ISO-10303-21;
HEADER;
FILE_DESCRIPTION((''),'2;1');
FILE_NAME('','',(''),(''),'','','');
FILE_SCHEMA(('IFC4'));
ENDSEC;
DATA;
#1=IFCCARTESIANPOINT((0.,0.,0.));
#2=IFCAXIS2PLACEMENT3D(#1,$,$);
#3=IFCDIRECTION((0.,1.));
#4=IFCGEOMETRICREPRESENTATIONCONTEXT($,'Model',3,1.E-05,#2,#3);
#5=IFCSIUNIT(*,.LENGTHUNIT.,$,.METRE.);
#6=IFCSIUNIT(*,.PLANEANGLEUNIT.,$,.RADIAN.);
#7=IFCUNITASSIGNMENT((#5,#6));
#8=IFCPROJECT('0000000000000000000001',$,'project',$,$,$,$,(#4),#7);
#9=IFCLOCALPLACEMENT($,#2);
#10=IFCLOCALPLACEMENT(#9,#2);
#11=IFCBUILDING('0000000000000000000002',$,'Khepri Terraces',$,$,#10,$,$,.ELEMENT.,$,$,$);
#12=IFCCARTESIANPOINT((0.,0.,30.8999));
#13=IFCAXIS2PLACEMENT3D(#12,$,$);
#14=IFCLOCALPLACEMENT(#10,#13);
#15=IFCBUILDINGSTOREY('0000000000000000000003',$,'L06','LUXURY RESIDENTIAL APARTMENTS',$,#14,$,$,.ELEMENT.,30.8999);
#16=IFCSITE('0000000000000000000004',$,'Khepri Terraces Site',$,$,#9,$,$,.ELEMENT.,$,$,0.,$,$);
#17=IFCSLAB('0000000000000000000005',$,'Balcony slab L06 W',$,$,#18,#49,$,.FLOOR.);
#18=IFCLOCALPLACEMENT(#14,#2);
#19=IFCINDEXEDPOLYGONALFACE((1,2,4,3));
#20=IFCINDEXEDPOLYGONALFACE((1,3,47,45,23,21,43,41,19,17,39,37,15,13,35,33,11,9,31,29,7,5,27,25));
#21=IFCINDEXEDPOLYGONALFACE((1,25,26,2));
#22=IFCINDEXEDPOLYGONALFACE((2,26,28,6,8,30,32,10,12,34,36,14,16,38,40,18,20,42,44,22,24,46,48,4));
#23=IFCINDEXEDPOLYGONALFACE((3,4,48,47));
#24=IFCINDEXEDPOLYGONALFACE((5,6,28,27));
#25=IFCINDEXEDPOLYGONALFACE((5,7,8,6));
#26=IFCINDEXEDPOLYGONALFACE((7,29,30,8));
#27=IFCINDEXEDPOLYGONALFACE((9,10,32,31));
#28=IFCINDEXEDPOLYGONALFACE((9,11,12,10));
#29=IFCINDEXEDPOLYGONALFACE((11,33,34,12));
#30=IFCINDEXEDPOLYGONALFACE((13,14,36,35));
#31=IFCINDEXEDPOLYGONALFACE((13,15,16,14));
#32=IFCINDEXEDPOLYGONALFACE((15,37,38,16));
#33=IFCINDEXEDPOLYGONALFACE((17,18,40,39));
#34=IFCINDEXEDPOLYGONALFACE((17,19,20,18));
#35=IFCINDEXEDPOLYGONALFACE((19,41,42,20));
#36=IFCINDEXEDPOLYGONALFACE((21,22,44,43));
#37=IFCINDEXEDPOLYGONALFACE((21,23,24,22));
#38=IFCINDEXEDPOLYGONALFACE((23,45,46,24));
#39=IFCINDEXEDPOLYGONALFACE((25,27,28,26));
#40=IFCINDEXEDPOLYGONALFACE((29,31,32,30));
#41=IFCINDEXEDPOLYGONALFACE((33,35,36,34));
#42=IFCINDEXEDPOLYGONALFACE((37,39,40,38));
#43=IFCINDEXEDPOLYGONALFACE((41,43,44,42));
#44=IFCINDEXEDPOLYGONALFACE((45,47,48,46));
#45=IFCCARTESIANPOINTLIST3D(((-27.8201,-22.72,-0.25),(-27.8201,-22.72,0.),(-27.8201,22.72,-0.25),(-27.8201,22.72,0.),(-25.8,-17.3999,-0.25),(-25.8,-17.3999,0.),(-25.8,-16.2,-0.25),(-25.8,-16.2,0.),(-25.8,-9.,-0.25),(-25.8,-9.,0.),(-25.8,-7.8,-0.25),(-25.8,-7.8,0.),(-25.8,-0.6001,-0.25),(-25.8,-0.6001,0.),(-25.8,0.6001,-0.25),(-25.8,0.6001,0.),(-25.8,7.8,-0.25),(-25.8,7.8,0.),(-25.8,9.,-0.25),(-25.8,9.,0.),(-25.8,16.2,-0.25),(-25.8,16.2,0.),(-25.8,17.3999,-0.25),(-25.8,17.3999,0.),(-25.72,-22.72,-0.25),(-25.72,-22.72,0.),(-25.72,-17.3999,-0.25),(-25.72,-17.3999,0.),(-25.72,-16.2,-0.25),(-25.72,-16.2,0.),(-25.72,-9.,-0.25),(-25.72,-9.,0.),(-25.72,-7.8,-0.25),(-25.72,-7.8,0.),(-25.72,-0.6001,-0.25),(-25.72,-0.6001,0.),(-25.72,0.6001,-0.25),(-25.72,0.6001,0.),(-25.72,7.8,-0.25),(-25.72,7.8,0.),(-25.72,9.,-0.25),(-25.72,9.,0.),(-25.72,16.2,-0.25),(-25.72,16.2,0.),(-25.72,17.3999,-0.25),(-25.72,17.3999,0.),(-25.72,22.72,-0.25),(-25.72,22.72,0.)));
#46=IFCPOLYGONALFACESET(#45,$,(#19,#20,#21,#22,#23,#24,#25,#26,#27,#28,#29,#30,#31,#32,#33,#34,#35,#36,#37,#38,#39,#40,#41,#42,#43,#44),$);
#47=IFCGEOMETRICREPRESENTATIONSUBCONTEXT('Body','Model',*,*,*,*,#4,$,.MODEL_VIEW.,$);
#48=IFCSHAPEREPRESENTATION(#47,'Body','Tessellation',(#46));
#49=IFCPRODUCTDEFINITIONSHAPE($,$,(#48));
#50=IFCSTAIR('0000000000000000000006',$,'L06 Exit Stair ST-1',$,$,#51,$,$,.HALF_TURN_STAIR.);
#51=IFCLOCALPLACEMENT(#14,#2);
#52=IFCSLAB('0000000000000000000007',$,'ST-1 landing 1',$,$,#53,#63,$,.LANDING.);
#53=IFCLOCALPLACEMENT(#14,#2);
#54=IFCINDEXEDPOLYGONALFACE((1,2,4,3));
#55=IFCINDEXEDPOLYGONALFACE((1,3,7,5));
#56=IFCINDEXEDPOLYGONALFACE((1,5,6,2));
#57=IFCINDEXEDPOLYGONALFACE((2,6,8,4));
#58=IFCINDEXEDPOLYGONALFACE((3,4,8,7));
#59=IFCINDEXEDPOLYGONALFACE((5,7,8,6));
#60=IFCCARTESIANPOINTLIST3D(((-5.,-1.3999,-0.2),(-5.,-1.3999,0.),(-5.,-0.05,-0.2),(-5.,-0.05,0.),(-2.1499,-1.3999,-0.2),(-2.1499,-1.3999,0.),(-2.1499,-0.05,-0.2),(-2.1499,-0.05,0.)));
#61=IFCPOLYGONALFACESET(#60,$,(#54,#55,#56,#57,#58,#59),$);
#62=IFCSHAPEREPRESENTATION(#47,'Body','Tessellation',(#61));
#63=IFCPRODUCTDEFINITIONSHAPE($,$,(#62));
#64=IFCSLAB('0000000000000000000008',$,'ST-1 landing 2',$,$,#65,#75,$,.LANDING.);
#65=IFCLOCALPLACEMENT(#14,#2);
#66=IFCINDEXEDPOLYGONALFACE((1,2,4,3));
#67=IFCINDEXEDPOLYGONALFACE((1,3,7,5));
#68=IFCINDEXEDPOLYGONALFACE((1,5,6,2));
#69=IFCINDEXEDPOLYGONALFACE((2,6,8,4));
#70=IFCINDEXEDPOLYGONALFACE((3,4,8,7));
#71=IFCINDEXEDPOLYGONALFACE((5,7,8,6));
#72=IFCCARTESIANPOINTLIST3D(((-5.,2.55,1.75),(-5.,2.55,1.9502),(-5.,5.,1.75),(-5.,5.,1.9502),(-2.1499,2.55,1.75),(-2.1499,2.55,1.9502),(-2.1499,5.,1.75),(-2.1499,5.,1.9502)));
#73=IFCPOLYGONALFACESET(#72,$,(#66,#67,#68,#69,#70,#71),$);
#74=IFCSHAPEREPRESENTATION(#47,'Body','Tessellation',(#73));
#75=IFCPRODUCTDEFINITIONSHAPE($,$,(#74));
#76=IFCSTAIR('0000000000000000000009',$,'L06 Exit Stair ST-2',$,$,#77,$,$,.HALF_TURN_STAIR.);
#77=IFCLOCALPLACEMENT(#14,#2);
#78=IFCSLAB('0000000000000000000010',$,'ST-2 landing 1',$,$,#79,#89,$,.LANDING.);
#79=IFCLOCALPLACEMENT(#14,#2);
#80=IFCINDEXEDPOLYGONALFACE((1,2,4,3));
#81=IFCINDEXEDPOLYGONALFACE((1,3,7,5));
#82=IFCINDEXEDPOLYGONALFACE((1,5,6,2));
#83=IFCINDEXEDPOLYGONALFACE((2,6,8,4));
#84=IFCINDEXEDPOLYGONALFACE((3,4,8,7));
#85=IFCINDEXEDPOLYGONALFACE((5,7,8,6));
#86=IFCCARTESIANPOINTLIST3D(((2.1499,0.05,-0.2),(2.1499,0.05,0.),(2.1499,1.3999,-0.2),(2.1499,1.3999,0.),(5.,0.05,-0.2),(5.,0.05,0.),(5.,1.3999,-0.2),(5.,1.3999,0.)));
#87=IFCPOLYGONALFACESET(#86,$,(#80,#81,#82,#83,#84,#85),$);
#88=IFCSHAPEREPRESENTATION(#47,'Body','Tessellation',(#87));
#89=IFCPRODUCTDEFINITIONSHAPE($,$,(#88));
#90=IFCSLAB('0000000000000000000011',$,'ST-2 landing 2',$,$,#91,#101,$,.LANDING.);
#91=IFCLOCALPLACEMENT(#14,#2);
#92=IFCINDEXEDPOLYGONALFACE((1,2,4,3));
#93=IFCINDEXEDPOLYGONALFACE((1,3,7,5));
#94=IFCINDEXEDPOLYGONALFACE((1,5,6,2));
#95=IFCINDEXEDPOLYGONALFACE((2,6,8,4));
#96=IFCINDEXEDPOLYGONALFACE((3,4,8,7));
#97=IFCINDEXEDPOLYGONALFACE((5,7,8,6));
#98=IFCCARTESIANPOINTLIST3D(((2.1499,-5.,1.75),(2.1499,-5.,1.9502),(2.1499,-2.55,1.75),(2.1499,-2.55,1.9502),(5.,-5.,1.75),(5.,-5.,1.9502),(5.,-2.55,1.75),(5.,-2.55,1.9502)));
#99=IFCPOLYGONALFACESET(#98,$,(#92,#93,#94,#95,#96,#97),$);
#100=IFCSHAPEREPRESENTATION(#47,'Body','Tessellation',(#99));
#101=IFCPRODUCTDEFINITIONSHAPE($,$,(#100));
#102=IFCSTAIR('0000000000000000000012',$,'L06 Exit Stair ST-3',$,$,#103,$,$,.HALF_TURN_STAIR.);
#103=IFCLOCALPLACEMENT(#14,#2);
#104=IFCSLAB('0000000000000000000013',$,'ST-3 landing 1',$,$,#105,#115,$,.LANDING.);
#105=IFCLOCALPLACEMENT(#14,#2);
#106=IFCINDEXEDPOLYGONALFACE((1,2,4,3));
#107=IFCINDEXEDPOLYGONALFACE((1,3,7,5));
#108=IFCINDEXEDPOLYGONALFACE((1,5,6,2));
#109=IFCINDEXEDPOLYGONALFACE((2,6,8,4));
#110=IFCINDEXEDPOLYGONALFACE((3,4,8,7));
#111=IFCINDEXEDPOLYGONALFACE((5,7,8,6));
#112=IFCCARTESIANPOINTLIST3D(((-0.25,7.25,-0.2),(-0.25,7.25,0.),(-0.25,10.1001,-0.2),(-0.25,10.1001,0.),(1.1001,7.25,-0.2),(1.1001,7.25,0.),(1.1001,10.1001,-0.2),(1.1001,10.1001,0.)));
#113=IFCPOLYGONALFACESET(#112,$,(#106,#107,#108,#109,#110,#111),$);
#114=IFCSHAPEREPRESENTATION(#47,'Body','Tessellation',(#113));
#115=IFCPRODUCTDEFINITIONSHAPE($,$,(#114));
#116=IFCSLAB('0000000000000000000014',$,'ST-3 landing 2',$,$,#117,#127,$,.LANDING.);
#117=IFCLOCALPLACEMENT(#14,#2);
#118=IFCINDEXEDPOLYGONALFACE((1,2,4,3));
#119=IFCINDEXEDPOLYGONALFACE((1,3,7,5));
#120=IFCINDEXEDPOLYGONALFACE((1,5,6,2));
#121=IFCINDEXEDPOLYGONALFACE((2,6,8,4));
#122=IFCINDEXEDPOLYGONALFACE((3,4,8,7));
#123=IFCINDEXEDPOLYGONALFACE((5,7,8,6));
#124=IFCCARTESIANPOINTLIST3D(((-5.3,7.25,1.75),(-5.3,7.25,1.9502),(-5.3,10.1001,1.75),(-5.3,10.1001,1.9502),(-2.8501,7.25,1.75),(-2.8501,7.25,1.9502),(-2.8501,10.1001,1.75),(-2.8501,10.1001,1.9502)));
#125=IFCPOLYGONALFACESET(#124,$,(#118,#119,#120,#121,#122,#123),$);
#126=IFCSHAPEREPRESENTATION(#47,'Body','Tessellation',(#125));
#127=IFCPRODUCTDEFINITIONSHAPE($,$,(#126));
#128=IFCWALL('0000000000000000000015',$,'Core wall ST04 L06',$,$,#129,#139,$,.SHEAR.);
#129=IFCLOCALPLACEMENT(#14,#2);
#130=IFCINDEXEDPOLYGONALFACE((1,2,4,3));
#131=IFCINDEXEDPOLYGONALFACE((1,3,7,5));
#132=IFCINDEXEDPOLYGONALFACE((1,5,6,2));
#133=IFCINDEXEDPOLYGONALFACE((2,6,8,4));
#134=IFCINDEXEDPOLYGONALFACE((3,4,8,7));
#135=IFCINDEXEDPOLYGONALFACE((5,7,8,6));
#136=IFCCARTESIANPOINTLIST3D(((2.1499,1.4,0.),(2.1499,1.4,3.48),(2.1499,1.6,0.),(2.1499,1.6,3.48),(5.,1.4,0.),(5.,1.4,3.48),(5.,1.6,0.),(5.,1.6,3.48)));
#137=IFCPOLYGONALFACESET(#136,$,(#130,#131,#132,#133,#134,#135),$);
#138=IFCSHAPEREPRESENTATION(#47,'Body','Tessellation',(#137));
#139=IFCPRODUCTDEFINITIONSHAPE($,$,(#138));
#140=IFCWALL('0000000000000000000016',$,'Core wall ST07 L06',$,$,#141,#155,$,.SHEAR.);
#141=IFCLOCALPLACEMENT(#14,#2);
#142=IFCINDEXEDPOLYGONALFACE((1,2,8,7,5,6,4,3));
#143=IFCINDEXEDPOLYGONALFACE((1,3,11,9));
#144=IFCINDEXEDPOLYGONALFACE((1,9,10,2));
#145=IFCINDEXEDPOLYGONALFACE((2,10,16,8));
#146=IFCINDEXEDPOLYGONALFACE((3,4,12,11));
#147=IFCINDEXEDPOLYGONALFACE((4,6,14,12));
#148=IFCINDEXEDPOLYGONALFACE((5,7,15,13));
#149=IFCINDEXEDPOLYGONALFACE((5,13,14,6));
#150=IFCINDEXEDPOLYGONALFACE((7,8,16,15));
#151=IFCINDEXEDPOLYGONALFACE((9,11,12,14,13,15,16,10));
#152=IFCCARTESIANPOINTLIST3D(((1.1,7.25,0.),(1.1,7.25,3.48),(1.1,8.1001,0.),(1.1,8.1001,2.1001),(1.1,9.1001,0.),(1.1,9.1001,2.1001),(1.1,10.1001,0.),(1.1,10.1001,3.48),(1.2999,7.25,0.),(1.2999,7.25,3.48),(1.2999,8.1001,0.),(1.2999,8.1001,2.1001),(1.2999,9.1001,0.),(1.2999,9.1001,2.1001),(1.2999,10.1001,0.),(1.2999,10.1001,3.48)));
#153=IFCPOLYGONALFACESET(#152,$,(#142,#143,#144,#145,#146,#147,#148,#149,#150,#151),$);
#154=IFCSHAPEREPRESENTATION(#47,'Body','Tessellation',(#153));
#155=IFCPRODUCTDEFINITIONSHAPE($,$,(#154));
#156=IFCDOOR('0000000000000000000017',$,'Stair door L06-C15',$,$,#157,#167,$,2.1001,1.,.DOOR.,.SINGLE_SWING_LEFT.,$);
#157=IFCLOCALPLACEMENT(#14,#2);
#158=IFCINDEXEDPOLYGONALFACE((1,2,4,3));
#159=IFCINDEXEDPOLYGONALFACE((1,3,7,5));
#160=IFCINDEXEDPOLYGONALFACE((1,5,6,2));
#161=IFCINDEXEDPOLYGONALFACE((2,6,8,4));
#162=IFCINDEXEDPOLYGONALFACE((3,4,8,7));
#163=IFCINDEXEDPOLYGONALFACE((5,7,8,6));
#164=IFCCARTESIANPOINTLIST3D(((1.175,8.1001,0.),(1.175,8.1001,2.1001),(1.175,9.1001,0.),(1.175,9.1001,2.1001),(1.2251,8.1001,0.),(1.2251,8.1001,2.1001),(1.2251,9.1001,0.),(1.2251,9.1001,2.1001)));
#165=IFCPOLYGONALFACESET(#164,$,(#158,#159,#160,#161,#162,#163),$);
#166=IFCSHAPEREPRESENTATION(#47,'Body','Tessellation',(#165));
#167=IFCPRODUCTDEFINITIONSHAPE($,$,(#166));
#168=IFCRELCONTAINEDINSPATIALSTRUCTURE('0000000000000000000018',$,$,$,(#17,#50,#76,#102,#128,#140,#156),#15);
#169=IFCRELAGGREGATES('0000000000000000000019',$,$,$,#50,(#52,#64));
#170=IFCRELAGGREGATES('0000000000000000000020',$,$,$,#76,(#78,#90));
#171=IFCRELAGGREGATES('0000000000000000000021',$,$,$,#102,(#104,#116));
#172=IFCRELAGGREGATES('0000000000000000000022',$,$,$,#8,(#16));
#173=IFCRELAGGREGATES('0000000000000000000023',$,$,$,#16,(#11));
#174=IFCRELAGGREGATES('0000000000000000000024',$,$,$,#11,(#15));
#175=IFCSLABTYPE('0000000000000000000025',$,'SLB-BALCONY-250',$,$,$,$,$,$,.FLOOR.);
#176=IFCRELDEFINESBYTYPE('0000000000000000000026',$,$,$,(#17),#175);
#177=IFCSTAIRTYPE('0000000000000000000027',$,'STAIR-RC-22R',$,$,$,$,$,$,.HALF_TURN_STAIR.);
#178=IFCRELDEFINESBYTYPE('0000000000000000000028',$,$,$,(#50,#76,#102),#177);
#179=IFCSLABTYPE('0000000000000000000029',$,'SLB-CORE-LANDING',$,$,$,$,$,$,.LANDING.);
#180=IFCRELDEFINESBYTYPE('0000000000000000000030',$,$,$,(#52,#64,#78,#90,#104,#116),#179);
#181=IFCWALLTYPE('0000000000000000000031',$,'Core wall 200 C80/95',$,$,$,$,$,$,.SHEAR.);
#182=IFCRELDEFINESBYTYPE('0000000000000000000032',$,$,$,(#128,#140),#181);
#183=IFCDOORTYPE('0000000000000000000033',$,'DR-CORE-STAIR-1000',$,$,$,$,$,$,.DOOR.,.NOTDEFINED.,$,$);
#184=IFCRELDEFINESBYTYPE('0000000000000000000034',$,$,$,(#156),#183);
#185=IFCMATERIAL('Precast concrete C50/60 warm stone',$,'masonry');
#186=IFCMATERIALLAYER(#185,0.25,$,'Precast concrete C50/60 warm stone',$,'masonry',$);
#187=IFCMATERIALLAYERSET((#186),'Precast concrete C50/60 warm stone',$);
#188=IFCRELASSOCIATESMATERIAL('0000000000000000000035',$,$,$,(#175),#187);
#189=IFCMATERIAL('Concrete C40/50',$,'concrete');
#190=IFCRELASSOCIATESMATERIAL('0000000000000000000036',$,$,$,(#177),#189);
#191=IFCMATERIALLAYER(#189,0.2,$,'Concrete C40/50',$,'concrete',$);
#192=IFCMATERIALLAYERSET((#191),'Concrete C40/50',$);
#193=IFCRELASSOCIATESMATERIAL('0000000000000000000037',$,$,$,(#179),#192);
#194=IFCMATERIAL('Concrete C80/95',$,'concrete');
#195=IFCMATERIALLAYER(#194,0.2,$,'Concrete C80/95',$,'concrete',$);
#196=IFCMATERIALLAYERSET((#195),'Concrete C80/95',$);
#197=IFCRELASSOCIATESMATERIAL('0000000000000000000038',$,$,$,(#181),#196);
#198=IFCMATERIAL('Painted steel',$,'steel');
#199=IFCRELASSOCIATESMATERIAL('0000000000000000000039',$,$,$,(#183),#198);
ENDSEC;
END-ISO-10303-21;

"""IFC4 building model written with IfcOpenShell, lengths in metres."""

from ifc_helpers import new_model, si_unit, direction, frame, frame_2d, origin, place, context, subcontext, project, spatial, polyline, rectangle, outline, extrude, material, layer, layer_set, type_object, element, fill, aggregate, save


model = new_model("IFC4")

# Units and contexts
model_context = context("Model", 3, precision=1e-05, world=origin(), true_north=direction((0.0, 1.0)))
body_context = subcontext(model_context, "Body", "Model", "MODEL_VIEW")
ifc_project = project(units=[si_unit("LENGTHUNIT", "METRE"), si_unit("PLANEANGLEUNIT", "RADIAN")], contexts=[model_context])

# Site, building, storey
site_placement = place(None, origin())
site = spatial("IfcSite", under=ifc_project, at=site_placement, Name="Khepri Terraces Site", CompositionType="ELEMENT", RefElevation=0.0)
building_placement = place(site_placement, origin())
building = spatial("IfcBuilding", under=site, at=building_placement, Name="Khepri Terraces", CompositionType="ELEMENT")
storey_placement = place(building_placement, frame((0.0, 0.0, 30.8999)))
storey = spatial("IfcBuildingStorey", under=building, at=storey_placement, Name="L06", Description="LUXURY RESIDENTIAL APARTMENTS", CompositionType="ELEMENT", Elevation=30.8999)

# Slab
ifc_material_1 = material(Name="Precast concrete C50/60 warm stone", Category="masonry")
ifc_layer_1 = layer(ifc_material_1, 0.25, Name="Precast concrete C50/60 warm stone", Category="masonry")
ifc_layer_set_1 = layer_set([ifc_layer_1], Name="Precast concrete C50/60 warm stone")
slab_type_1 = type_object("IfcSlabType", Name="SLB-BALCONY-250", PredefinedType="FLOOR", material=ifc_layer_set_1)
slab_1_placement = place(storey_placement, frame((0.0, 0.0, -0.25)))
element("IfcSlab", 1, at=slab_1_placement, inside=storey, type_object=slab_type_1, Name="Balcony slab L06 W", PredefinedType="FLOOR", context=body_context, shape_type="SweptSolid", body=[
    extrude(outline(polyline([(-25.72, 17.3999), (-25.72, 22.72), (-27.8201, 22.72), (-27.8201, -22.72), (-25.72, -22.72), (-25.72, -17.3999), (-25.8, -17.3999), (-25.8, -16.2), (-25.72, -16.2), (-25.72, -9.0), (-25.8, -9.0), (-25.8, -7.8), (-25.72, -7.8), (-25.72, -0.6001), (-25.8, -0.6001), (-25.8, 0.6001), (-25.72, 0.6001), (-25.72, 7.8), (-25.8, 7.8), (-25.8, 9.0), (-25.72, 9.0), (-25.72, 16.2), (-25.8, 16.2), (-25.8, 17.3999), (-25.72, 17.3999)])), origin(), (0.0, 0.0, 1.0), 0.25),
])

# Stairs, slabs
ifc_material_2 = material(Name="Concrete C40/50", Category="concrete")
stair_type = type_object("IfcStairType", Name="STAIR-RC-22R", PredefinedType="HALF_TURN_STAIR", material=ifc_material_2)
stair_1_placement = place(storey_placement, origin())
stair_1 = element("IfcStair", 2, at=stair_1_placement, inside=storey, type_object=stair_type, Name="L06 Exit Stair ST-1", PredefinedType="HALF_TURN_STAIR")
ifc_layer_2 = layer(ifc_material_2, 0.2, Name="Concrete C40/50", Category="concrete")
ifc_layer_set_2 = layer_set([ifc_layer_2], Name="Concrete C40/50")
slab_type_2 = type_object("IfcSlabType", Name="SLB-CORE-LANDING", PredefinedType="LANDING", material=ifc_layer_set_2)
slab_2_placement = place(storey_placement, frame((0.0, 0.0, -0.2)))
slab_2 = element("IfcSlab", 3, at=slab_2_placement, type_object=slab_type_2, Name="ST-1 landing 1", PredefinedType="LANDING", context=body_context, shape_type="SweptSolid", body=[
    extrude(outline(polyline([(-2.1499, -1.3999), (-2.1499, -0.05), (-5.0, -0.05), (-5.0, -1.3999), (-2.1499, -1.3999)])), origin(), (0.0, 0.0, 1.0), 0.2),
])
slab_3_placement = place(storey_placement, frame((0.0, 0.0, 1.75)))
slab_3 = element("IfcSlab", 4, at=slab_3_placement, type_object=slab_type_2, Name="ST-1 landing 2", PredefinedType="LANDING", context=body_context, shape_type="SweptSolid", body=[
    extrude(outline(polyline([(-2.1499, 2.55), (-2.1499, 5.0), (-5.0, 5.0), (-5.0, 2.55), (-2.1499, 2.55)])), origin(), (0.0, 0.0, 1.0), 0.2002),
])
aggregate(stair_1, [slab_2, slab_3])
stair_2_placement = place(storey_placement, origin())
stair_2 = element("IfcStair", 5, at=stair_2_placement, inside=storey, type_object=stair_type, Name="L06 Exit Stair ST-2", PredefinedType="HALF_TURN_STAIR")
slab_4_placement = place(storey_placement, frame((0.0, 0.0, -0.2)))
slab_4 = element("IfcSlab", 6, at=slab_4_placement, type_object=slab_type_2, Name="ST-2 landing 1", PredefinedType="LANDING", context=body_context, shape_type="SweptSolid", body=[
    extrude(outline(polyline([(2.1499, 1.3999), (2.1499, 0.05), (5.0, 0.05), (5.0, 1.3999), (2.1499, 1.3999)])), origin(), (0.0, 0.0, 1.0), 0.2),
])
slab_5_placement = place(storey_placement, frame((0.0, 0.0, 1.75)))
slab_5 = element("IfcSlab", 7, at=slab_5_placement, type_object=slab_type_2, Name="ST-2 landing 2", PredefinedType="LANDING", context=body_context, shape_type="SweptSolid", body=[
    extrude(outline(polyline([(2.1499, -2.55), (2.1499, -5.0), (5.0, -5.0), (5.0, -2.55), (2.1499, -2.55)])), origin(), (0.0, 0.0, 1.0), 0.2002),
])
aggregate(stair_2, [slab_4, slab_5])
stair_3_placement = place(storey_placement, origin())
stair_3 = element("IfcStair", 8, at=stair_3_placement, inside=storey, type_object=stair_type, Name="L06 Exit Stair ST-3", PredefinedType="HALF_TURN_STAIR")
slab_6_placement = place(storey_placement, frame((0.0, 0.0, -0.2)))
slab_6 = element("IfcSlab", 9, at=slab_6_placement, type_object=slab_type_2, Name="ST-3 landing 1", PredefinedType="LANDING", context=body_context, shape_type="SweptSolid", body=[
    extrude(outline(polyline([(1.1001, 10.1001), (-0.25, 10.1001), (-0.25, 7.25), (1.1001, 7.25), (1.1001, 10.1001)])), origin(), (0.0, 0.0, 1.0), 0.2),
])
slab_7_placement = place(storey_placement, frame((0.0, 0.0, 1.75)))
slab_7 = element("IfcSlab", 10, at=slab_7_placement, type_object=slab_type_2, Name="ST-3 landing 2", PredefinedType="LANDING", context=body_context, shape_type="SweptSolid", body=[
    extrude(outline(polyline([(-2.8501, 10.1001), (-5.3, 10.1001), (-5.3, 7.25), (-2.8501, 7.25), (-2.8501, 10.1001)])), origin(), (0.0, 0.0, 1.0), 0.2002),
])
aggregate(stair_3, [slab_6, slab_7])

# Wall
ifc_material_3 = material(Name="Concrete C80/95", Category="concrete")
ifc_layer_3 = layer(ifc_material_3, 0.2, Name="Concrete C80/95", Category="concrete")
ifc_layer_set_3 = layer_set([ifc_layer_3], Name="Concrete C80/95")
wall_type = type_object("IfcWallType", Name="Core wall 200 C80/95", PredefinedType="SHEAR", material=ifc_layer_set_3)
wall_1_placement = place(storey_placement, frame((2.1499, 1.5, 0.0), z_axis=(0.0, 0.0, 1.0), x_axis=(1.0, 0.0, 0.0)))
element("IfcWall", 11, at=wall_1_placement, inside=storey, type_object=wall_type, Name="Core wall ST04 L06", PredefinedType="SHEAR", context=body_context, shape_type="SweptSolid", body=[
    extrude(rectangle(XDim=2.8501, YDim=0.2, at=frame_2d((1.425, 0.0))), origin(), (0.0, 0.0, 1.0), 3.48),
])

# Wall, opening, door
wall_2_placement = place(storey_placement, frame((1.2, 7.25, 0.0), z_axis=(0.0, 0.0, 1.0), x_axis=(0.0, 1.0, 0.0)))
wall_2 = element("IfcWall", 12, at=wall_2_placement, inside=storey, type_object=wall_type, Name="Core wall ST07 L06", PredefinedType="SHEAR", context=body_context, shape_type="SweptSolid", body=[
    extrude(rectangle(XDim=2.8501, YDim=0.2, at=frame_2d((1.425, 0.0))), origin(), (0.0, 0.0, 1.0), 3.48),
])
opening_1_placement = place(wall_2_placement, frame((0.8501, 0.0, 0.0)))
opening_1 = element("IfcOpeningElement", 13, at=opening_1_placement, cuts=wall_2, PredefinedType="OPENING", context=body_context, shape_type="SweptSolid", body=[
    extrude(rectangle(XDim=1.0, YDim=2.1001, at=frame_2d((0.5, 1.05))), frame((0.0, 0.1099, 0.0), z_axis=(0.0, -1.0, 0.0), x_axis=(1.0, 0.0, 0.0)), (0.0, 0.0, 1.0), 0.22),
])
ifc_material_4 = material(Name="Painted steel", Category="steel")
door_type_1 = type_object("IfcDoorType", Name="DR-CORE-STAIR-1000", OperationType="NOTDEFINED", PredefinedType="DOOR", material=ifc_material_4)
door_1_placement = place(opening_1_placement, origin())
door_1 = element("IfcDoor", 14, at=door_1_placement, inside=storey, type_object=door_type_1, Name="Stair door L06-C15", OperationType="SINGLE_SWING_LEFT", OverallHeight=2.1001, OverallWidth=1.0, PredefinedType="DOOR", context=body_context, shape_type="SweptSolid", body=[
    extrude(rectangle(XDim=1.0, YDim=2.1001, at=frame_2d((0.5, 1.05))), frame((0.0, 0.0249, 0.0), z_axis=(0.0, -1.0, 0.0), x_axis=(1.0, 0.0, 0.0)), (0.0, 0.0, 1.0), 0.05),
])
fill(opening_1, door_1)

save(model, "model.ifc")
